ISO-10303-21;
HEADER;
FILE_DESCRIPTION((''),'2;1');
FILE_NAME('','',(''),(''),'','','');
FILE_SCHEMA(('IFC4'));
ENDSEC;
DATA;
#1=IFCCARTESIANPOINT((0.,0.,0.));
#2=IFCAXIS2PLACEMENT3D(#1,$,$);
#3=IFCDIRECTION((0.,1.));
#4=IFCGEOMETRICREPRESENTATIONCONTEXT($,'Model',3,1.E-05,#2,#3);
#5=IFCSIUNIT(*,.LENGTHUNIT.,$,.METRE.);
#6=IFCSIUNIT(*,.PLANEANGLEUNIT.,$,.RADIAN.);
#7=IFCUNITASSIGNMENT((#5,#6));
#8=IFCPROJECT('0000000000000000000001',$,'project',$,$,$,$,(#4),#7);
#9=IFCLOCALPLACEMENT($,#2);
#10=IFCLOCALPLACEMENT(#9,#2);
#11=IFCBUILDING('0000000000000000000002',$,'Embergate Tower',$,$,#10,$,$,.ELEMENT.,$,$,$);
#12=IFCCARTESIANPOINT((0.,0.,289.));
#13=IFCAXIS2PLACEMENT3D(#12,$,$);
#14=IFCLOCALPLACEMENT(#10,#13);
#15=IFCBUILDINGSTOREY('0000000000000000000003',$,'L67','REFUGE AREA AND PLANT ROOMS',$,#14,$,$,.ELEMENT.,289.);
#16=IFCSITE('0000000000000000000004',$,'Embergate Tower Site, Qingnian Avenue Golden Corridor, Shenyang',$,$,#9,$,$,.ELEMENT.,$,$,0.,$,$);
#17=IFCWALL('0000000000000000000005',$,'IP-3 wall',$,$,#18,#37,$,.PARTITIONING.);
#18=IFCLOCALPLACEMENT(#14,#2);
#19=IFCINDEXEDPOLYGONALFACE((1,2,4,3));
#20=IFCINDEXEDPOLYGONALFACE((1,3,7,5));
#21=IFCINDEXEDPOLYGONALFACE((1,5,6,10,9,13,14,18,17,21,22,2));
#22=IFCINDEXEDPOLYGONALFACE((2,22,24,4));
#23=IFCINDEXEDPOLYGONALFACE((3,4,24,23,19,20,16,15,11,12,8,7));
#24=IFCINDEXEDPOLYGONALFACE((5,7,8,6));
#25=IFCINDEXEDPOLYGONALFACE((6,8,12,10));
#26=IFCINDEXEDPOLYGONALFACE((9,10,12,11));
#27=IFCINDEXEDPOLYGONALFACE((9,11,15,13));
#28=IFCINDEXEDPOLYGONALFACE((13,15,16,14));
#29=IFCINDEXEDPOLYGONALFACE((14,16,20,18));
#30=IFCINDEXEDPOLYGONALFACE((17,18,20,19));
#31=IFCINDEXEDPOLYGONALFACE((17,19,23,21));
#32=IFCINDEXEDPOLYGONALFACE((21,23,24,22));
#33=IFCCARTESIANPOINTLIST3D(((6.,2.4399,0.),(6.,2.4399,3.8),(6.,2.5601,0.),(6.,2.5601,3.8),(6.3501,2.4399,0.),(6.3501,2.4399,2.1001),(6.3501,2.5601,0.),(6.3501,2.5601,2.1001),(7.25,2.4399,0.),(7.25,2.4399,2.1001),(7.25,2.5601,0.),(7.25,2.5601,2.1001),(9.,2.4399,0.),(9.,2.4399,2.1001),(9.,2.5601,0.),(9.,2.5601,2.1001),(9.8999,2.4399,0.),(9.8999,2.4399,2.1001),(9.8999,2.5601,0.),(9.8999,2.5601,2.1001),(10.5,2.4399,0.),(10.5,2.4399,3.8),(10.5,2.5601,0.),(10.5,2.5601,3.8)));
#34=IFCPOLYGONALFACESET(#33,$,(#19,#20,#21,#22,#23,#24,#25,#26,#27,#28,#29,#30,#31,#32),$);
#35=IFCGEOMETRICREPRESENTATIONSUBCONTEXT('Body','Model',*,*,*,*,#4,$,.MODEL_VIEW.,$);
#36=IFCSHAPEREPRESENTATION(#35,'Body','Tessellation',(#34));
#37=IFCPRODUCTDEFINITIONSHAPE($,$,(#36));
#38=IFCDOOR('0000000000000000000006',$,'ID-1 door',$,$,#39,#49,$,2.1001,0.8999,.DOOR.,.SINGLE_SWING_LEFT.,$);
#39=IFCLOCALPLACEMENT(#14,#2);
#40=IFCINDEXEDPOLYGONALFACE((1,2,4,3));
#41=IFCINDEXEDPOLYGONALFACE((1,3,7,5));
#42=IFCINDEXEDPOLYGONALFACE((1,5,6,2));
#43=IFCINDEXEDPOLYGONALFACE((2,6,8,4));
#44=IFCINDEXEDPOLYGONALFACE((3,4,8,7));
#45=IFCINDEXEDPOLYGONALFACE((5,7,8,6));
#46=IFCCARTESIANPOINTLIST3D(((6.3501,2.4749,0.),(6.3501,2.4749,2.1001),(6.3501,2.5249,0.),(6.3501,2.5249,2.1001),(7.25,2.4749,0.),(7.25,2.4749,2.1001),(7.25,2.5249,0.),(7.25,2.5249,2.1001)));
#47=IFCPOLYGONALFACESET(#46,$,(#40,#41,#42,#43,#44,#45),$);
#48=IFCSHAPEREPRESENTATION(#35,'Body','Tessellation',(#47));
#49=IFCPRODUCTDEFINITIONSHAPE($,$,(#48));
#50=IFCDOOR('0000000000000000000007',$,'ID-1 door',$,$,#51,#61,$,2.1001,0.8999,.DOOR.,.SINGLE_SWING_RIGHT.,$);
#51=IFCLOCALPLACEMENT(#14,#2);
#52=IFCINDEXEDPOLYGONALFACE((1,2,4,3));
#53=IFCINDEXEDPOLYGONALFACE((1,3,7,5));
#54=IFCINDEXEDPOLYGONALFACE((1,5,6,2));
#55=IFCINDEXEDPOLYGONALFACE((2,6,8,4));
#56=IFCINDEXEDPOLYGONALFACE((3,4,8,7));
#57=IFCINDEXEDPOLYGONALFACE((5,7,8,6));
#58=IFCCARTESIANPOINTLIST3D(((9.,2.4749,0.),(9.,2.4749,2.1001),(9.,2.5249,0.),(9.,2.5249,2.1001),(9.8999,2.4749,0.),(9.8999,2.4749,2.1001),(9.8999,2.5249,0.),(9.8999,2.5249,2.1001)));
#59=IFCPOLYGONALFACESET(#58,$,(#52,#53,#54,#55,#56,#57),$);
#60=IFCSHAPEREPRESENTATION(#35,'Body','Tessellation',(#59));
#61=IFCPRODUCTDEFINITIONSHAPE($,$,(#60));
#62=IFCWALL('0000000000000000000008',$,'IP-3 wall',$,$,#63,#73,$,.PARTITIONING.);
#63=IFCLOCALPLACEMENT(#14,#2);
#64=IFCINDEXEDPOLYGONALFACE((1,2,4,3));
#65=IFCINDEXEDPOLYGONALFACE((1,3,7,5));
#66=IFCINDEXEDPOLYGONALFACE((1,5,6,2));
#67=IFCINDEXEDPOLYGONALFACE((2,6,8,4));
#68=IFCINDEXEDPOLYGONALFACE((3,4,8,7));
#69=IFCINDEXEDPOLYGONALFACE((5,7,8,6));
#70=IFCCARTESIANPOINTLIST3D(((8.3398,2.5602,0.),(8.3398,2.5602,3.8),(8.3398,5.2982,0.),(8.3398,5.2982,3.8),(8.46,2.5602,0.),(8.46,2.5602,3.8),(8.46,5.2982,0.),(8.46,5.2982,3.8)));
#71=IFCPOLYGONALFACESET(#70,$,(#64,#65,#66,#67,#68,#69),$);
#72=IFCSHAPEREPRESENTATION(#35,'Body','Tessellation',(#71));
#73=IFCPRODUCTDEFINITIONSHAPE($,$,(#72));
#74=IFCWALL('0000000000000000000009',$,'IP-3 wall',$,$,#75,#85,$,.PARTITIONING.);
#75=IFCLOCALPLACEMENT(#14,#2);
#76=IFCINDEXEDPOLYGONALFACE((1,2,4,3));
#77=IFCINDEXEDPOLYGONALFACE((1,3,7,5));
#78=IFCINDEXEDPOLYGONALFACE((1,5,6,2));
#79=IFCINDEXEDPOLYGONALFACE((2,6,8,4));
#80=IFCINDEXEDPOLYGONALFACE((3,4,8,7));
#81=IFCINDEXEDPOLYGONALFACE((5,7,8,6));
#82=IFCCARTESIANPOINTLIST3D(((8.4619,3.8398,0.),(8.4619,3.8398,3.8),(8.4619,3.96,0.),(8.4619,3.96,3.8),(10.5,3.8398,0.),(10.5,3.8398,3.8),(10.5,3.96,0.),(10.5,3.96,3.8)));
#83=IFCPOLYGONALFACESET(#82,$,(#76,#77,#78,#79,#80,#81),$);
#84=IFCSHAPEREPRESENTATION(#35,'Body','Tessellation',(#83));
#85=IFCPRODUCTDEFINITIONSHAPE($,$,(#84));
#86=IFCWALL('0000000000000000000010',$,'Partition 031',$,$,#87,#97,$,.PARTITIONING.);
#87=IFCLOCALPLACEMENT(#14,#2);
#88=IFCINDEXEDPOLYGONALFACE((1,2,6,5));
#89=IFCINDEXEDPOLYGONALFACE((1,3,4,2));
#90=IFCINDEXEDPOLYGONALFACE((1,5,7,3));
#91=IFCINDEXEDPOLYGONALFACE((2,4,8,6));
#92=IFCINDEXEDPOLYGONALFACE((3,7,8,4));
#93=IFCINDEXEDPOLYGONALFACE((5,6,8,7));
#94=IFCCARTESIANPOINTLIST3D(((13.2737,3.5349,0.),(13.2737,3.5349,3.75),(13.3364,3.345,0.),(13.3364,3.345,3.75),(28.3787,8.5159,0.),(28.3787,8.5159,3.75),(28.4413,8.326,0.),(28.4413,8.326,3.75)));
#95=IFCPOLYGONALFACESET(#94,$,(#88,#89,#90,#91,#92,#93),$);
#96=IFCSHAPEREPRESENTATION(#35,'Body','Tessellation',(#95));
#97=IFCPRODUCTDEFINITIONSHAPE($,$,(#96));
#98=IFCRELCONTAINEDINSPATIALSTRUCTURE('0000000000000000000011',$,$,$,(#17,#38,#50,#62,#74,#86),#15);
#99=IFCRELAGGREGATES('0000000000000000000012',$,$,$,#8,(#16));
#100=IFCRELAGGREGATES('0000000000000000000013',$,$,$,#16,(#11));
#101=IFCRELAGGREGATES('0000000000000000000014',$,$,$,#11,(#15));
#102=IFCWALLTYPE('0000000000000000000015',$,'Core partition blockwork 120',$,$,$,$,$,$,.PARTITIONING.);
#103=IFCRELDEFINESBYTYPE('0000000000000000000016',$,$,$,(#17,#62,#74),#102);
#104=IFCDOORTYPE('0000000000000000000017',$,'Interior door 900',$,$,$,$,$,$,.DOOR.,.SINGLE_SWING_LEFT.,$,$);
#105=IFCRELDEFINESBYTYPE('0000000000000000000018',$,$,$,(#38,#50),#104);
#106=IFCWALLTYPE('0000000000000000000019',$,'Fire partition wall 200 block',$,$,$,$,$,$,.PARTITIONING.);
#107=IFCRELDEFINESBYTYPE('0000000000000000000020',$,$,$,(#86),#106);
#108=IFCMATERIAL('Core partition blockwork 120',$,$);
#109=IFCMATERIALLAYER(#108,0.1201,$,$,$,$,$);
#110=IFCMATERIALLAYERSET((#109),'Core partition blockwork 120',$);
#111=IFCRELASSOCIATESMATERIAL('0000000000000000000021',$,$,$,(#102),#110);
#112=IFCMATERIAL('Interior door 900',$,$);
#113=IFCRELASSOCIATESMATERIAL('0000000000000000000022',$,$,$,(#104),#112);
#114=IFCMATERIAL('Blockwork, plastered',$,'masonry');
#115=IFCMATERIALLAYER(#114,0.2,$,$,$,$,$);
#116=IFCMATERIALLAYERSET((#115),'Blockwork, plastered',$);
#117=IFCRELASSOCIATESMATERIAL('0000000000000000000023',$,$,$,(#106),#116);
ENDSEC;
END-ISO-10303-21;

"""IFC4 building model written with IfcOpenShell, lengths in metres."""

from ifc_helpers import new_model, si_unit, direction, frame, frame_2d, origin, place, context, subcontext, project, spatial, rectangle, extrude, source, transform, mapped, material, layer, layer_set, type_object, element, fill, save


model = new_model("IFC4")

# Units and contexts
model_context = context("Model", 3, precision=1e-05, world=origin(), true_north=direction((0.0, 1.0)))
body_context = subcontext(model_context, "Body", "Model", "MODEL_VIEW")
ifc_project = project(units=[si_unit("LENGTHUNIT", "METRE"), si_unit("PLANEANGLEUNIT", "RADIAN")], contexts=[model_context])

# Site, building, storey
site_placement = place(None, origin())
site = spatial("IfcSite", under=ifc_project, at=site_placement, Name="Embergate Tower Site, Qingnian Avenue Golden Corridor, Shenyang", CompositionType="ELEMENT", RefElevation=0.0)
building_placement = place(site_placement, origin())
building = spatial("IfcBuilding", under=site, at=building_placement, Name="Embergate Tower", CompositionType="ELEMENT")
storey_placement = place(building_placement, frame((0.0, 0.0, 289.0)))
storey = spatial("IfcBuildingStorey", under=building, at=storey_placement, Name="L67", Description="REFUGE AREA AND PLANT ROOMS", CompositionType="ELEMENT", Elevation=289.0)

# Shared definitions
ifc_material_1 = material(Name="Core partition blockwork 120")
ifc_layer_1 = layer(ifc_material_1, 0.1201)
ifc_layer_set_1 = layer_set([ifc_layer_1], Name="Core partition blockwork 120")
wall_type_1 = type_object("IfcWallType", Name="Core partition blockwork 120", PredefinedType="PARTITIONING", material=ifc_layer_set_1)

# Wall, openings, doors
shared_shape_1 = source(origin(), body_context, "Body", "SweptSolid", [
    extrude(rectangle(XDim=4.5, YDim=0.1201, at=frame_2d((2.25, 0.0))), origin(), (0.0, 0.0, 1.0), 3.8),
])
wall_1_placement = place(storey_placement, frame((6.0, 2.5, 0.0), z_axis=(0.0, 0.0, 1.0), x_axis=(1.0, 0.0, 0.0)))
wall_1 = element("IfcWall", 1, at=wall_1_placement, inside=storey, type_object=wall_type_1, Name="IP-3 wall", PredefinedType="PARTITIONING", context=body_context, shape_type="MappedRepresentation", body=[
    mapped(shared_shape_1, transform((0.0, 0.0, 0.0))),
])
shared_shape_2 = source(origin(), body_context, "Body", "SweptSolid", [
    extrude(rectangle(XDim=0.8999, YDim=2.1001, at=frame_2d((0.45, 1.05))), frame((0.0, 0.0701, 0.0), z_axis=(0.0, -1.0, 0.0), x_axis=(1.0, 0.0, 0.0)), (0.0, 0.0, 1.0), 0.1401),
])
opening_1_placement = place(wall_1_placement, frame((0.3501, 0.0, 0.0)))
opening_1 = element("IfcOpeningElement", 2, at=opening_1_placement, cuts=wall_1, PredefinedType="OPENING", context=body_context, shape_type="MappedRepresentation", body=[
    mapped(shared_shape_2, transform((0.0, 0.0, 0.0))),
])
opening_2_placement = place(wall_1_placement, frame((3.0, 0.0, 0.0)))
opening_2 = element("IfcOpeningElement", 3, at=opening_2_placement, cuts=wall_1, PredefinedType="OPENING", context=body_context, shape_type="MappedRepresentation", body=[
    mapped(shared_shape_2, transform((0.0, 0.0, 0.0))),
])
ifc_material_2 = material(Name="Interior door 900")
door_type_1 = type_object("IfcDoorType", Name="Interior door 900", OperationType="SINGLE_SWING_LEFT", PredefinedType="DOOR", material=ifc_material_2)
shared_shape_3 = source(origin(), body_context, "Body", "SweptSolid", [
    extrude(rectangle(XDim=0.8999, YDim=2.1001, at=frame_2d((0.45, 1.05))), frame((0.0, 0.0249, 0.0), z_axis=(0.0, -1.0, 0.0), x_axis=(1.0, 0.0, 0.0)), (0.0, 0.0, 1.0), 0.05),
])
door_1_placement = place(opening_1_placement, origin())
door_1 = element("IfcDoor", 4, at=door_1_placement, inside=storey, type_object=door_type_1, Name="ID-1 door", OperationType="SINGLE_SWING_LEFT", OverallHeight=2.1001, OverallWidth=0.8999, PredefinedType="DOOR", context=body_context, shape_type="MappedRepresentation", body=[
    mapped(shared_shape_3, transform((0.0, 0.0, 0.0))),
])
fill(opening_1, door_1)
door_2_placement = place(opening_2_placement, origin())
door_2 = element("IfcDoor", 5, at=door_2_placement, inside=storey, type_object=door_type_1, Name="ID-1 door", OperationType="SINGLE_SWING_RIGHT", OverallHeight=2.1001, OverallWidth=0.8999, PredefinedType="DOOR", context=body_context, shape_type="MappedRepresentation", body=[
    mapped(shared_shape_3, transform((0.0, 0.0, 0.0))),
])
fill(opening_2, door_2)

# Walls
shared_shape_4 = source(origin(), body_context, "Body", "SweptSolid", [
    extrude(rectangle(XDim=2.738, YDim=0.1201, at=frame_2d((1.3691, 0.0))), origin(), (0.0, 0.0, 1.0), 3.8),
])
wall_2_placement = place(storey_placement, frame((8.3999, 2.5601, 0.0), z_axis=(0.0, 0.0, 1.0), x_axis=(0.0, 1.0, 0.0)))
element("IfcWall", 6, at=wall_2_placement, inside=storey, type_object=wall_type_1, Name="IP-3 wall", PredefinedType="PARTITIONING", context=body_context, shape_type="MappedRepresentation", body=[
    mapped(shared_shape_4, transform((0.0, 0.0, 0.0))),
])
shared_shape_5 = source(origin(), body_context, "Body", "SweptSolid", [
    extrude(rectangle(XDim=2.0381, YDim=0.1201, at=frame_2d((1.019, 0.0))), origin(), (0.0, 0.0, 1.0), 3.8),
])
wall_3_placement = place(storey_placement, frame((10.5, 3.8999, 0.0), z_axis=(0.0, 0.0, 1.0), x_axis=(-1.0, 0.0, 0.0)))
element("IfcWall", 7, at=wall_3_placement, inside=storey, type_object=wall_type_1, Name="IP-3 wall", PredefinedType="PARTITIONING", context=body_context, shape_type="MappedRepresentation", body=[
    mapped(shared_shape_5, transform((0.0, 0.0, 0.0))),
])

# Shared definitions
ifc_material_3 = material(Name="Blockwork, plastered", Category="masonry")
ifc_layer_2 = layer(ifc_material_3, 0.2)
ifc_layer_set_2 = layer_set([ifc_layer_2], Name="Blockwork, plastered")
wall_type_2 = type_object("IfcWallType", Name="Fire partition wall 200 block", PredefinedType="PARTITIONING", material=ifc_layer_set_2)

# Wall
shared_shape_6 = source(origin(), body_context, "Body", "SweptSolid", [
    extrude(rectangle(XDim=15.905, YDim=0.2, at=frame_2d((7.9526, 0.0))), origin(), (0.0, 0.0, 1.0), 3.75),
])
wall_4_placement = place(storey_placement, frame((13.3049, 3.4399, 0.0), z_axis=(0.0, 0.0, 1.0), x_axis=(0.949698, 0.313168, 0.0)))
element("IfcWall", 8, at=wall_4_placement, inside=storey, type_object=wall_type_2, Name="Partition 031", PredefinedType="PARTITIONING", context=body_context, shape_type="MappedRepresentation", body=[
    mapped(shared_shape_6, transform((0.0, 0.0, 0.0))),
])

save(model, "model.ifc")
